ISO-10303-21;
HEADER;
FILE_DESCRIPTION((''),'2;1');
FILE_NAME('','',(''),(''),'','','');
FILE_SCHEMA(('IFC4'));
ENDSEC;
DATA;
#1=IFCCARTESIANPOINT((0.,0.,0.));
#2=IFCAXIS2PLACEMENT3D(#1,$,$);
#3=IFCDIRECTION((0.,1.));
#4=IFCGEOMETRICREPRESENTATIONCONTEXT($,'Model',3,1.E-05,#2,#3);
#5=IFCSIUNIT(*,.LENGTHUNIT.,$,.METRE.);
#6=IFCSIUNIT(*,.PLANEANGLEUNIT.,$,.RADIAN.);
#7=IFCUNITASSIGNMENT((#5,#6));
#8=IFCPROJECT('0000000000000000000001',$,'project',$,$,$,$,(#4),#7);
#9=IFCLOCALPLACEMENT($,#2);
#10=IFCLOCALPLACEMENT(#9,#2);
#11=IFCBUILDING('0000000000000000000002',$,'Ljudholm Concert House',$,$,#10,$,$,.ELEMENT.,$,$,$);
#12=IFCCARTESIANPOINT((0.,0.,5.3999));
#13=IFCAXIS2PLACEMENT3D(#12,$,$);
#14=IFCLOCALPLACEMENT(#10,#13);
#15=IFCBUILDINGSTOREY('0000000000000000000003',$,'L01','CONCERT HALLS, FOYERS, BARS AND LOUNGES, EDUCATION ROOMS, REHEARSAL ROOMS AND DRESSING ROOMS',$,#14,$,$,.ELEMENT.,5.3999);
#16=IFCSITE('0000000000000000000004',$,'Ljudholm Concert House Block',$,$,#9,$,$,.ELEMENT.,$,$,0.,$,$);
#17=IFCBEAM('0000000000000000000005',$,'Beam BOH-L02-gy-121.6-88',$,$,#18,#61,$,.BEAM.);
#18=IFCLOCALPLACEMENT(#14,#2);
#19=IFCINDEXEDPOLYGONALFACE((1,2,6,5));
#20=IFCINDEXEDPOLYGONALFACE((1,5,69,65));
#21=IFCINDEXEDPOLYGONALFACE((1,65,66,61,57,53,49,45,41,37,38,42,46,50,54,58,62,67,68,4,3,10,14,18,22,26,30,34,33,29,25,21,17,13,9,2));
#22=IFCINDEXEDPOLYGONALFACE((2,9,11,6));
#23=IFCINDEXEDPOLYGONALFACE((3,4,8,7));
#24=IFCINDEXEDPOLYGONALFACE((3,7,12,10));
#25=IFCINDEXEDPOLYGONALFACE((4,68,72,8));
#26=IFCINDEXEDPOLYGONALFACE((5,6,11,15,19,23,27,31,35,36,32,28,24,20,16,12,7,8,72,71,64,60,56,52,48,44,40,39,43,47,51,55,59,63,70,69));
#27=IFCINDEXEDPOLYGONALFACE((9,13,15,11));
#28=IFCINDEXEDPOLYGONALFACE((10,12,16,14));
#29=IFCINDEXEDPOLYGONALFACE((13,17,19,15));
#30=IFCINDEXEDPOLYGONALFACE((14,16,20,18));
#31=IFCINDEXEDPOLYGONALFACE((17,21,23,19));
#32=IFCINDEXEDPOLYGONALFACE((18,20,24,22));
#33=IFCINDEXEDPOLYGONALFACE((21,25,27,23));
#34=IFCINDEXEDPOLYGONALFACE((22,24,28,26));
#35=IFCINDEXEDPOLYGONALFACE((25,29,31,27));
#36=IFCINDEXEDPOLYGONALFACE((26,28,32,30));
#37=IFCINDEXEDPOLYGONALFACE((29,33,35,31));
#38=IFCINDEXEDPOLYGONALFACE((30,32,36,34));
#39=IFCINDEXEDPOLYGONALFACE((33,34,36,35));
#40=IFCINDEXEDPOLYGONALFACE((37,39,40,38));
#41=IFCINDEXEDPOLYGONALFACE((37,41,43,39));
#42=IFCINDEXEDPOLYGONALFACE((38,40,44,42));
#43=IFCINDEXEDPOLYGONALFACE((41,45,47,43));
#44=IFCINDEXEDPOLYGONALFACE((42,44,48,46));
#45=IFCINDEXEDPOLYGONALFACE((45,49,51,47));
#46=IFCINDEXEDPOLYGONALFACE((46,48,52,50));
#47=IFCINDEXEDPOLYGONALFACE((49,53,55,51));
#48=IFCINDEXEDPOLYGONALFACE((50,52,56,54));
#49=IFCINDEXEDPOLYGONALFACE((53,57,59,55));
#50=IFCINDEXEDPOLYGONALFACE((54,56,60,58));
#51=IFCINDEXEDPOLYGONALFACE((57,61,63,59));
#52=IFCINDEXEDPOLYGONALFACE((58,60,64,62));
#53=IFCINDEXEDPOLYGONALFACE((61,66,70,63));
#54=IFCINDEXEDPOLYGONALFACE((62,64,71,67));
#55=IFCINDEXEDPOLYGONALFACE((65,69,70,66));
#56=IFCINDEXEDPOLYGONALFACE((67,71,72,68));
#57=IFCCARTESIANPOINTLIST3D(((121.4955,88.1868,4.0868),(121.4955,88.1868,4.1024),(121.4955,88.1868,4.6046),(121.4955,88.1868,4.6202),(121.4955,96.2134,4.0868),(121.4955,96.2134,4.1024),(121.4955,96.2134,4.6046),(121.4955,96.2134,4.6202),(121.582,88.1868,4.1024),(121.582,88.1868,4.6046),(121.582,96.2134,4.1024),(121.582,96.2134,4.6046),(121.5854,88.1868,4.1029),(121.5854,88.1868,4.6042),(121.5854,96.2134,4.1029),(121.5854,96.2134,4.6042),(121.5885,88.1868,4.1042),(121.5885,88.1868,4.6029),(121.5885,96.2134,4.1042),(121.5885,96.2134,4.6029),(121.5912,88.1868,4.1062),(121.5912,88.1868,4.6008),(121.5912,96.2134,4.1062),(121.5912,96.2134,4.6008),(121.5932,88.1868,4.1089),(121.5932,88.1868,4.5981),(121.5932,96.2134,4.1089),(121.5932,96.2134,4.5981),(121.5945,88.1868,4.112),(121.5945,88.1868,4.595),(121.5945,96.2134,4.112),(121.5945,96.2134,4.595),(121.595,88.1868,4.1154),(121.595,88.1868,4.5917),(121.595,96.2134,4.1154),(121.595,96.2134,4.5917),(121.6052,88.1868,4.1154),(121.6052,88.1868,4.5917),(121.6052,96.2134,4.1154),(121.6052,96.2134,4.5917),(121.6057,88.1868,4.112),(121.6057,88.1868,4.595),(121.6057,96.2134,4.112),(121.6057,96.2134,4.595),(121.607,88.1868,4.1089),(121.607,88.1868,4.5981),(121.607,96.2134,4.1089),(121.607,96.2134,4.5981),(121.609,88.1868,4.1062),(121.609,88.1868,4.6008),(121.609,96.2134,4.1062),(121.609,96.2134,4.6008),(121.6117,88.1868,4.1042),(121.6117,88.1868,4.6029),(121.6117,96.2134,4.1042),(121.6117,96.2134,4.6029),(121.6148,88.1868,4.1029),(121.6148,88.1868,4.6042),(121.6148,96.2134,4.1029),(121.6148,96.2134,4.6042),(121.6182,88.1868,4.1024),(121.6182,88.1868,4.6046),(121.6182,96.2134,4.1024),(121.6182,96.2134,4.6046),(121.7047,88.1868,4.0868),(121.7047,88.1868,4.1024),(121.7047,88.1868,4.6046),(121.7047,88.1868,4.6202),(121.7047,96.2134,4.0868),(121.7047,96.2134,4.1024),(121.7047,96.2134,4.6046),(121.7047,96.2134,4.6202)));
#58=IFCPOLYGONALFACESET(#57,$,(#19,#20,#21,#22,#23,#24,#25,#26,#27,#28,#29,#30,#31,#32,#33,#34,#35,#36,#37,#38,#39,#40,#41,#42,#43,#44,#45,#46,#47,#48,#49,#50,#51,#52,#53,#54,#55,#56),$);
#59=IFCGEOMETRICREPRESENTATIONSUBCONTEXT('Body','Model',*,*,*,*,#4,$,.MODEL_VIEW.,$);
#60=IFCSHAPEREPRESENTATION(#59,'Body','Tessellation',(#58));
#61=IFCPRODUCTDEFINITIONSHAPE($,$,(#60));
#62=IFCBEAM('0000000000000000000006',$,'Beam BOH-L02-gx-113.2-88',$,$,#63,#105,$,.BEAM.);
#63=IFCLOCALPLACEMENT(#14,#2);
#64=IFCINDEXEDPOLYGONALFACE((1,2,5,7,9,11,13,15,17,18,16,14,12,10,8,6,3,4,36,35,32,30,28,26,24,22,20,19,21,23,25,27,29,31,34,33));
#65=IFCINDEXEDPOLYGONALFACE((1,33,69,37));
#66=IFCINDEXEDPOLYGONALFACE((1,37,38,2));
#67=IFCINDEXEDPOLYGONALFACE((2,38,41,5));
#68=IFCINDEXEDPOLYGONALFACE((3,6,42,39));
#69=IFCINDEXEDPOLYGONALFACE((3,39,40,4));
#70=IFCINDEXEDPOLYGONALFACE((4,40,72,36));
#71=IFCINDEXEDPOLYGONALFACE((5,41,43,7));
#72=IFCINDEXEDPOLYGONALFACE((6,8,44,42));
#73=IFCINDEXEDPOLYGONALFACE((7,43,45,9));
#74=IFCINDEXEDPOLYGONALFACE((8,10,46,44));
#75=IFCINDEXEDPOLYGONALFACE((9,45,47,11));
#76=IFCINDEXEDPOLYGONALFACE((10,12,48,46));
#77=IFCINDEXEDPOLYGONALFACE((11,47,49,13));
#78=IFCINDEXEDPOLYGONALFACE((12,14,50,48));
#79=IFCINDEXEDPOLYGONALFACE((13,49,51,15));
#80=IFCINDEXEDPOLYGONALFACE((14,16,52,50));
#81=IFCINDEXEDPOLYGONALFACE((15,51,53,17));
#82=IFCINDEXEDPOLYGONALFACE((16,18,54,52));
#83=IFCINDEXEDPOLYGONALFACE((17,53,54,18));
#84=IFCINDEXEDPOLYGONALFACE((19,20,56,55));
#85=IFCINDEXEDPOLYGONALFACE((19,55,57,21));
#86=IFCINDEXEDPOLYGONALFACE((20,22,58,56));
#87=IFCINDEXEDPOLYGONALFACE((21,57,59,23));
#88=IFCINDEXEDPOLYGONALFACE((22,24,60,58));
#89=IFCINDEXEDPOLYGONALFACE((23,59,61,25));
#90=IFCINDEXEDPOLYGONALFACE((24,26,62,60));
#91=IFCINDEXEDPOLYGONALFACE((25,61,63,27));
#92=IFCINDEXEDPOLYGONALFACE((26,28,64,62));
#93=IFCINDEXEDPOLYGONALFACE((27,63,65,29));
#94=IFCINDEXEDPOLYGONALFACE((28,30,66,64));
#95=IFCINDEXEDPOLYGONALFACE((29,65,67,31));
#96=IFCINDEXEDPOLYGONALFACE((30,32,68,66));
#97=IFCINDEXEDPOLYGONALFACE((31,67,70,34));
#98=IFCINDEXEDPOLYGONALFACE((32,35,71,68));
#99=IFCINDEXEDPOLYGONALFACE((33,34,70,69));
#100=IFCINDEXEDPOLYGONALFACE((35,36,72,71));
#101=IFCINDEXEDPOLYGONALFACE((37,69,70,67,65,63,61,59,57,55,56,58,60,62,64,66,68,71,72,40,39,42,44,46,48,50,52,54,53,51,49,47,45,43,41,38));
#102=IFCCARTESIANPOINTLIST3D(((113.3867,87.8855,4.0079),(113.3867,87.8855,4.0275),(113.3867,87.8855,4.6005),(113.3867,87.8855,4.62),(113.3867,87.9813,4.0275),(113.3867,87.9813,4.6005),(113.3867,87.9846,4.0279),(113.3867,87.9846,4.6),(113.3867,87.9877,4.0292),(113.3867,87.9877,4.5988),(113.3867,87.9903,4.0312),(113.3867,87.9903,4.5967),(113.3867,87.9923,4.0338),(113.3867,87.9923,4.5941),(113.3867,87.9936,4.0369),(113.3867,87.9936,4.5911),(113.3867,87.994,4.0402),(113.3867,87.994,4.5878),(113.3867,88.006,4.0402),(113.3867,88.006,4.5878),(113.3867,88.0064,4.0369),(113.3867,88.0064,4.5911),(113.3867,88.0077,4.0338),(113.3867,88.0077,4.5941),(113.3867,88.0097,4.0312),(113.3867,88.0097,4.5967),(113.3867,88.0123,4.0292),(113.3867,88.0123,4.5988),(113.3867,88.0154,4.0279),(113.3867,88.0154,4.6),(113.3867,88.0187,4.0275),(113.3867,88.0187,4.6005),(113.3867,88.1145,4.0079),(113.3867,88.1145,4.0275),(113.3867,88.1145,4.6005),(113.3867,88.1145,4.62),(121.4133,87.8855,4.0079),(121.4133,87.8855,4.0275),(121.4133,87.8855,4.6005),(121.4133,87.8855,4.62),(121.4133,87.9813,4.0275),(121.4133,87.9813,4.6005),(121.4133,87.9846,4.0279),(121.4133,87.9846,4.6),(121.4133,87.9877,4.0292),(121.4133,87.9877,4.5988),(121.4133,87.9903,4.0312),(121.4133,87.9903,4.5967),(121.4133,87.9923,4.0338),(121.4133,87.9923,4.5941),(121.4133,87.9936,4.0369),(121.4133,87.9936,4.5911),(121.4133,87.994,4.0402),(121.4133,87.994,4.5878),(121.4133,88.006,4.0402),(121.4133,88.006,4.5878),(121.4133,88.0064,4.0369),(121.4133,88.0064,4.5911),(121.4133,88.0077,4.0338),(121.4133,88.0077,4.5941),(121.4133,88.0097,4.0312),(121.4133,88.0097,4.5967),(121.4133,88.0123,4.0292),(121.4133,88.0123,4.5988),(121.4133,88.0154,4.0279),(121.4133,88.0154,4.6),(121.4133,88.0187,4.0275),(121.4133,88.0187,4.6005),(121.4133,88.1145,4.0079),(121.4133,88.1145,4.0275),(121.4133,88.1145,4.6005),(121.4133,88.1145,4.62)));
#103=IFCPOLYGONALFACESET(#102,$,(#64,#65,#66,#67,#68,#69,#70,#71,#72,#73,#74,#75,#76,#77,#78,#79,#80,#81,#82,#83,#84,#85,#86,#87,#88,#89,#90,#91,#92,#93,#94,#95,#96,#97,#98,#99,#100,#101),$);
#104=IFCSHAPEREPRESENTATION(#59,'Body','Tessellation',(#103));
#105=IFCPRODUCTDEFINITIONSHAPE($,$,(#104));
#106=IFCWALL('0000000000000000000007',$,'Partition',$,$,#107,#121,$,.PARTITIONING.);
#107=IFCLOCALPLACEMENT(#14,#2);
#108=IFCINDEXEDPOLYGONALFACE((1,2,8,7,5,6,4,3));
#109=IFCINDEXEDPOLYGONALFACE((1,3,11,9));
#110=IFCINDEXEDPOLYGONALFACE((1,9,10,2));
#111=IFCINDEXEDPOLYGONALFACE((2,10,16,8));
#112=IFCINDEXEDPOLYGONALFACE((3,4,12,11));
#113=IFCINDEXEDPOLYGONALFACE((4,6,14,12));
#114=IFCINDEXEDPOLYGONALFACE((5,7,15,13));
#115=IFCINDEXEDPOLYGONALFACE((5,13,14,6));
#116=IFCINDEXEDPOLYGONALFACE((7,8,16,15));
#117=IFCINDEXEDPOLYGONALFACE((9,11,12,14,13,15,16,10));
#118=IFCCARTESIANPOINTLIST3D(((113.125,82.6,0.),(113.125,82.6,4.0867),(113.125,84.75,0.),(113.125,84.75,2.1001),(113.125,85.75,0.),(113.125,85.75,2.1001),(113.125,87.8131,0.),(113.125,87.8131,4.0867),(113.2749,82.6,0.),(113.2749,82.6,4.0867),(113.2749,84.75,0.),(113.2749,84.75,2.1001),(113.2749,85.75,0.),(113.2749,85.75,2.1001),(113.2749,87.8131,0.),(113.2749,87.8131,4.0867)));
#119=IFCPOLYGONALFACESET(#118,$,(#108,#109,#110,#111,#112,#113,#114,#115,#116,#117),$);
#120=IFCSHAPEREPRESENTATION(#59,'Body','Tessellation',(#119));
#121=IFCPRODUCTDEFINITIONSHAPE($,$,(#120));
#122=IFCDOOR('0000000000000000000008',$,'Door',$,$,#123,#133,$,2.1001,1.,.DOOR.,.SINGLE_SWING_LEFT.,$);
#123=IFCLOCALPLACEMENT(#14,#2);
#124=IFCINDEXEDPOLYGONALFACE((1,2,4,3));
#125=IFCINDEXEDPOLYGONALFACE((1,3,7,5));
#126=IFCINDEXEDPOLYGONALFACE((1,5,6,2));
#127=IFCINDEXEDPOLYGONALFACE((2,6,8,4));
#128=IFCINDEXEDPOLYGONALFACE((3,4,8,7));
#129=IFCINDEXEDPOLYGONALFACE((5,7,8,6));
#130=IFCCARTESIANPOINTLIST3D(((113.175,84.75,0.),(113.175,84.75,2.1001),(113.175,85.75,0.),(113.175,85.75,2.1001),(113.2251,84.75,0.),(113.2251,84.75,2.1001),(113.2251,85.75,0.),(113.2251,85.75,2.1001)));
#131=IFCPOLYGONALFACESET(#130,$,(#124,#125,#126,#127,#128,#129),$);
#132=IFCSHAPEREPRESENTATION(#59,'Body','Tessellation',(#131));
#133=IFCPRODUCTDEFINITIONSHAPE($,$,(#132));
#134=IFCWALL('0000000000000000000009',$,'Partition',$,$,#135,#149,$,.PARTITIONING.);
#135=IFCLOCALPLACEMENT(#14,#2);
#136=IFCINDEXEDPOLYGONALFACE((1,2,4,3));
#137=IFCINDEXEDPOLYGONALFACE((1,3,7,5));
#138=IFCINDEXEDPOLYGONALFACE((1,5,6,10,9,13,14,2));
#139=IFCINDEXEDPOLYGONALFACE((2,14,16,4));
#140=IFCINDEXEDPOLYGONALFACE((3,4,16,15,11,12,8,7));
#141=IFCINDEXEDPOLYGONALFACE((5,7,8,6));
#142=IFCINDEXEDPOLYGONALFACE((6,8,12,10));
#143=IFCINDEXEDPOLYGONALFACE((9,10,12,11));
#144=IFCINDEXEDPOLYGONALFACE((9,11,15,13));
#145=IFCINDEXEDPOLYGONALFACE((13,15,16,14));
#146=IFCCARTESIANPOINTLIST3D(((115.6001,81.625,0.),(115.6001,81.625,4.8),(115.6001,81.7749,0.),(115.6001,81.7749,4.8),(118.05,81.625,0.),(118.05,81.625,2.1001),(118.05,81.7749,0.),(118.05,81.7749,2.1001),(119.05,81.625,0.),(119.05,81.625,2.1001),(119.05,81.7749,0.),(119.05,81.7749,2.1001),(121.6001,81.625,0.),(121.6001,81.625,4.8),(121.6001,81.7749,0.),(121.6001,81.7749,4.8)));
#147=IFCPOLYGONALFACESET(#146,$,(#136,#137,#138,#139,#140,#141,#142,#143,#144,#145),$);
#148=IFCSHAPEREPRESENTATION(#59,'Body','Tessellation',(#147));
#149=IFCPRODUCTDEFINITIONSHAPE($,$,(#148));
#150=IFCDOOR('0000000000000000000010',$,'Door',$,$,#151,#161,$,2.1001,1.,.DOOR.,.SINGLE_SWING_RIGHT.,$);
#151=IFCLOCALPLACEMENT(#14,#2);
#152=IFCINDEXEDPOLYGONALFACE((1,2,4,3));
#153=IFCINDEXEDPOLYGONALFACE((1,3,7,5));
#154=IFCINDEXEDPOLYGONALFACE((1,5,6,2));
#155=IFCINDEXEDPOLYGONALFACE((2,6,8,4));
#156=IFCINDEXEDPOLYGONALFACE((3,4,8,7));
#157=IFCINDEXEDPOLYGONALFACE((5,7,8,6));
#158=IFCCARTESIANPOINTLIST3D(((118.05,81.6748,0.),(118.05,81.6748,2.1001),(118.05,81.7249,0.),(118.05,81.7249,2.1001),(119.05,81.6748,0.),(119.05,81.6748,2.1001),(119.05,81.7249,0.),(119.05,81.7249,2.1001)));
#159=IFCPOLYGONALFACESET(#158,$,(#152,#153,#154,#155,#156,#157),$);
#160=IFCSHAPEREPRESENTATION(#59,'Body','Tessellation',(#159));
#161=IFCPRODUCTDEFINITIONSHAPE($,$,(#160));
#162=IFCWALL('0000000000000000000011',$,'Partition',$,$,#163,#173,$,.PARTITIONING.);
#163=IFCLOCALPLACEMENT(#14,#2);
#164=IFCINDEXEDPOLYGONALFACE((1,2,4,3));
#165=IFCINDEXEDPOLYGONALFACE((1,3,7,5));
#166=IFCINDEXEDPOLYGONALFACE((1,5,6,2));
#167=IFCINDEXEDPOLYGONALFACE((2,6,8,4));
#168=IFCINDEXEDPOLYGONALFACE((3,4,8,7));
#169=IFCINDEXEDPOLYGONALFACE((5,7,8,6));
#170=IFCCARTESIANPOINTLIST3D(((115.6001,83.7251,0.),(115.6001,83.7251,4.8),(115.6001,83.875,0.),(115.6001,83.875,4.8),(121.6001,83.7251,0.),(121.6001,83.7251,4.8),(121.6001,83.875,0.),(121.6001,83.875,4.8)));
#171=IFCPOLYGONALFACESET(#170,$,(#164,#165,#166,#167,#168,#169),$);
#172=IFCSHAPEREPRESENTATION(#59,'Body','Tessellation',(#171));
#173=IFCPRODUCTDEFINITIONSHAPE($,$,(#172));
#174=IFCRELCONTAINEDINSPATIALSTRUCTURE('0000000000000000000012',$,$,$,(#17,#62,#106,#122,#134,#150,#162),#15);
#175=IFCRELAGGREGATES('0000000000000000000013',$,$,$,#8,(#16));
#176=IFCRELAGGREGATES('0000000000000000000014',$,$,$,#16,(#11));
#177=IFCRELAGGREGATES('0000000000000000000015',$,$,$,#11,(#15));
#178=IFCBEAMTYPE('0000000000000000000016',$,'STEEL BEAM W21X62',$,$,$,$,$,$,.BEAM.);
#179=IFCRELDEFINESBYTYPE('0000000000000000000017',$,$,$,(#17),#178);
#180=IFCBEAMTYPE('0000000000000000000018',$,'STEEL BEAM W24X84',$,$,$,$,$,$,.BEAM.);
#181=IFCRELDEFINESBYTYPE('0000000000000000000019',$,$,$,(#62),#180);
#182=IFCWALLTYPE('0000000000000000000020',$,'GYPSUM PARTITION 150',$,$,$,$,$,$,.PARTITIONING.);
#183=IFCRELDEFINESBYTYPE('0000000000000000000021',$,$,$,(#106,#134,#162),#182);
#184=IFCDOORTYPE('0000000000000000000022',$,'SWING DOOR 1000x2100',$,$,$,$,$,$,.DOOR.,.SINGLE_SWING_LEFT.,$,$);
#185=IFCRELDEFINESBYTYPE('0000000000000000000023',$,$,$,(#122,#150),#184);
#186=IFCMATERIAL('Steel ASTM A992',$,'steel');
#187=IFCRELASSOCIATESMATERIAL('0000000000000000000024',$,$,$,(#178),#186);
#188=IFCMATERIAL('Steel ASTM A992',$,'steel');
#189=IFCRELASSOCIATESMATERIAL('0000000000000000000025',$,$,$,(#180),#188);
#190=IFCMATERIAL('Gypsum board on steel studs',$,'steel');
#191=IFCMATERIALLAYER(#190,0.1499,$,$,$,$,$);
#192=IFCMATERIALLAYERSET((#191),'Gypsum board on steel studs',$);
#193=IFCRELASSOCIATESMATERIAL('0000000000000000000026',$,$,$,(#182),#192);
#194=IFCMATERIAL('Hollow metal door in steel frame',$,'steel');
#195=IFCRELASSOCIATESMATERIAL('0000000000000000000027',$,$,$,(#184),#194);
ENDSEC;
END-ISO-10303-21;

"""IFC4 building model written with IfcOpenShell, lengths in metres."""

from ifc_helpers import new_model, si_unit, direction, frame, frame_2d, origin, origin_2d, place, context, subcontext, project, spatial, rectangle, i_section, extrude, material, layer, layer_set, material_profile, profile_set, type_object, element, fill, save


model = new_model("IFC4")

# Units and contexts
model_context = context("Model", 3, precision=1e-05, world=origin(), true_north=direction((0.0, 1.0)))
body_context = subcontext(model_context, "Body", "Model", "MODEL_VIEW")
ifc_project = project(units=[si_unit("LENGTHUNIT", "METRE"), si_unit("PLANEANGLEUNIT", "RADIAN")], contexts=[model_context])

# Site, building, storey
site_placement = place(None, origin())
site = spatial("IfcSite", under=ifc_project, at=site_placement, Name="Ljudholm Concert House Block", CompositionType="ELEMENT", RefElevation=0.0)
building_placement = place(site_placement, origin())
building = spatial("IfcBuilding", under=site, at=building_placement, Name="Ljudholm Concert House", CompositionType="ELEMENT")
storey_placement = place(building_placement, frame((0.0, 0.0, 5.3999)))
storey = spatial("IfcBuildingStorey", under=building, at=storey_placement, Name="L01", Description="CONCERT HALLS, FOYERS, BARS AND LOUNGES, EDUCATION ROOMS, REHEARSAL ROOMS AND DRESSING ROOMS", CompositionType="ELEMENT", Elevation=5.3999)

# Beams
ifc_material_1 = material(Name="Steel ASTM A992", Category="steel")
ifc_material_profile_1 = material_profile(ifc_material_1, i_section(OverallWidth=0.2092, OverallDepth=0.5334, WebThickness=0.0103, FlangeThickness=0.0156, FilletRadius=0.0129, at=origin_2d()), Name="W21X62")
ifc_profile_set_1 = profile_set([ifc_material_profile_1], Name="Steel ASTM A992")
beam_type_1 = type_object("IfcBeamType", Name="STEEL BEAM W21X62", PredefinedType="BEAM", material=ifc_profile_set_1)
for number, where, z_axis, x_axis, name in (
    (1, (121.6001, 88.1868, 4.3535), (0.0, 1.0, 0.0), (-1.0, 0.0, 0.0), "Beam BOH-L02-gy-121.6-88"),
):
    element("IfcBeam", number, at=place(storey_placement, frame(where, z_axis=z_axis, x_axis=x_axis)), inside=storey, type_object=beam_type_1, Name=name, PredefinedType="BEAM", context=body_context, shape_type="SweptSolid", body=[
        extrude(i_section(OverallWidth=0.2092, OverallDepth=0.5334, WebThickness=0.0103, FlangeThickness=0.0156, FilletRadius=0.0129, at=origin_2d()), origin(), (0.0, 0.0, 1.0), 8.0266),
    ])
ifc_material_2 = material(Name="Steel ASTM A992", Category="steel")
ifc_material_profile_2 = material_profile(ifc_material_2, i_section(OverallWidth=0.229, OverallDepth=0.6121, WebThickness=0.012, FlangeThickness=0.0195, FilletRadius=0.0127, at=origin_2d()), Name="W24X84")
ifc_profile_set_2 = profile_set([ifc_material_profile_2], Name="Steel ASTM A992")
beam_type_2 = type_object("IfcBeamType", Name="STEEL BEAM W24X84", PredefinedType="BEAM", material=ifc_profile_set_2)
beam_1_placement = place(storey_placement, frame((113.3867, 88.0, 4.314), z_axis=(1.0, 0.0, 0.0), x_axis=(0.0, 1.0, 0.0)))
element("IfcBeam", 2, at=beam_1_placement, inside=storey, type_object=beam_type_2, Name="Beam BOH-L02-gx-113.2-88", PredefinedType="BEAM", context=body_context, shape_type="SweptSolid", body=[
    extrude(i_section(OverallWidth=0.229, OverallDepth=0.6121, WebThickness=0.012, FlangeThickness=0.0195, FilletRadius=0.0127, at=origin_2d()), origin(), (0.0, 0.0, 1.0), 8.0266),
])

# Walls, openings, doors
ifc_material_3 = material(Name="Gypsum board on steel studs", Category="steel")
ifc_layer_1 = layer(ifc_material_3, 0.1499)
ifc_layer_set_1 = layer_set([ifc_layer_1], Name="Gypsum board on steel studs")
wall_type_1 = type_object("IfcWallType", Name="GYPSUM PARTITION 150", PredefinedType="PARTITIONING", material=ifc_layer_set_1)
wall_1_placement = place(storey_placement, frame((113.2, 82.6001, 0.0), z_axis=(0.0, 0.0, 1.0), x_axis=(0.0, 1.0, 0.0)))
wall_1 = element("IfcWall", 3, at=wall_1_placement, inside=storey, type_object=wall_type_1, Name="Partition", PredefinedType="PARTITIONING", context=body_context, shape_type="SweptSolid", body=[
    extrude(rectangle(XDim=5.2131, YDim=0.1499, at=frame_2d((2.6064, 0.0))), origin(), (0.0, 0.0, 1.0), 4.0867),
])
opening_1_placement = place(wall_1_placement, frame((2.1499, 0.0, 0.0)))
opening_1 = element("IfcOpeningElement", 4, at=opening_1_placement, cuts=wall_1, PredefinedType="OPENING", context=body_context, shape_type="SweptSolid", body=[
    extrude(rectangle(XDim=1.0, YDim=2.1001, at=frame_2d((0.5, 1.05))), frame((0.0, 0.085, 0.0), z_axis=(0.0, -1.0, 0.0), x_axis=(1.0, 0.0, 0.0)), (0.0, 0.0, 1.0), 0.1699),
])
ifc_material_4 = material(Name="Hollow metal door in steel frame", Category="steel")
door_type_1 = type_object("IfcDoorType", Name="SWING DOOR 1000x2100", OperationType="SINGLE_SWING_LEFT", PredefinedType="DOOR", material=ifc_material_4)
door_1_placement = place(opening_1_placement, origin())
door_1 = element("IfcDoor", 5, at=door_1_placement, inside=storey, type_object=door_type_1, Name="Door", OperationType="SINGLE_SWING_LEFT", OverallHeight=2.1001, OverallWidth=1.0, PredefinedType="DOOR", context=body_context, shape_type="SweptSolid", body=[
    extrude(rectangle(XDim=1.0, YDim=2.1001, at=frame_2d((0.5, 1.05))), frame((0.0, 0.0249, 0.0), z_axis=(0.0, -1.0, 0.0), x_axis=(1.0, 0.0, 0.0)), (0.0, 0.0, 1.0), 0.05),
])
fill(opening_1, door_1)
wall_2_placement = place(storey_placement, frame((115.6001, 81.7, 0.0), z_axis=(0.0, 0.0, 1.0), x_axis=(1.0, 0.0, 0.0)))
wall_2 = element("IfcWall", 6, at=wall_2_placement, inside=storey, type_object=wall_type_1, Name="Partition", PredefinedType="PARTITIONING", context=body_context, shape_type="SweptSolid", body=[
    extrude(rectangle(XDim=6.0, YDim=0.1499, at=frame_2d((3.0, 0.0))), origin(), (0.0, 0.0, 1.0), 4.8),
])
opening_2_placement = place(wall_2_placement, frame((2.45, 0.0, 0.0)))
opening_2 = element("IfcOpeningElement", 7, at=opening_2_placement, cuts=wall_2, PredefinedType="OPENING", context=body_context, shape_type="SweptSolid", body=[
    extrude(rectangle(XDim=1.0, YDim=2.1001, at=frame_2d((0.5, 1.05))), frame((0.0, 0.085, 0.0), z_axis=(0.0, -1.0, 0.0), x_axis=(1.0, 0.0, 0.0)), (0.0, 0.0, 1.0), 0.1699),
])
door_2_placement = place(opening_2_placement, origin())
door_2 = element("IfcDoor", 8, at=door_2_placement, inside=storey, type_object=door_type_1, Name="Door", OperationType="SINGLE_SWING_RIGHT", OverallHeight=2.1001, OverallWidth=1.0, PredefinedType="DOOR", context=body_context, shape_type="SweptSolid", body=[
    extrude(rectangle(XDim=1.0, YDim=2.1001, at=frame_2d((0.5, 1.05))), frame((0.0, 0.0249, 0.0), z_axis=(0.0, -1.0, 0.0), x_axis=(1.0, 0.0, 0.0)), (0.0, 0.0, 1.0), 0.05),
])
fill(opening_2, door_2)

# Wall
wall_3_placement = place(storey_placement, frame((115.6001, 83.8, 0.0), z_axis=(0.0, 0.0, 1.0), x_axis=(1.0, 0.0, 0.0)))
element("IfcWall", 9, at=wall_3_placement, inside=storey, type_object=wall_type_1, Name="Partition", PredefinedType="PARTITIONING", context=body_context, shape_type="SweptSolid", body=[
    extrude(rectangle(XDim=6.0, YDim=0.1499, at=frame_2d((3.0, 0.0))), origin(), (0.0, 0.0, 1.0), 4.8),
])

save(model, "model.ifc")
